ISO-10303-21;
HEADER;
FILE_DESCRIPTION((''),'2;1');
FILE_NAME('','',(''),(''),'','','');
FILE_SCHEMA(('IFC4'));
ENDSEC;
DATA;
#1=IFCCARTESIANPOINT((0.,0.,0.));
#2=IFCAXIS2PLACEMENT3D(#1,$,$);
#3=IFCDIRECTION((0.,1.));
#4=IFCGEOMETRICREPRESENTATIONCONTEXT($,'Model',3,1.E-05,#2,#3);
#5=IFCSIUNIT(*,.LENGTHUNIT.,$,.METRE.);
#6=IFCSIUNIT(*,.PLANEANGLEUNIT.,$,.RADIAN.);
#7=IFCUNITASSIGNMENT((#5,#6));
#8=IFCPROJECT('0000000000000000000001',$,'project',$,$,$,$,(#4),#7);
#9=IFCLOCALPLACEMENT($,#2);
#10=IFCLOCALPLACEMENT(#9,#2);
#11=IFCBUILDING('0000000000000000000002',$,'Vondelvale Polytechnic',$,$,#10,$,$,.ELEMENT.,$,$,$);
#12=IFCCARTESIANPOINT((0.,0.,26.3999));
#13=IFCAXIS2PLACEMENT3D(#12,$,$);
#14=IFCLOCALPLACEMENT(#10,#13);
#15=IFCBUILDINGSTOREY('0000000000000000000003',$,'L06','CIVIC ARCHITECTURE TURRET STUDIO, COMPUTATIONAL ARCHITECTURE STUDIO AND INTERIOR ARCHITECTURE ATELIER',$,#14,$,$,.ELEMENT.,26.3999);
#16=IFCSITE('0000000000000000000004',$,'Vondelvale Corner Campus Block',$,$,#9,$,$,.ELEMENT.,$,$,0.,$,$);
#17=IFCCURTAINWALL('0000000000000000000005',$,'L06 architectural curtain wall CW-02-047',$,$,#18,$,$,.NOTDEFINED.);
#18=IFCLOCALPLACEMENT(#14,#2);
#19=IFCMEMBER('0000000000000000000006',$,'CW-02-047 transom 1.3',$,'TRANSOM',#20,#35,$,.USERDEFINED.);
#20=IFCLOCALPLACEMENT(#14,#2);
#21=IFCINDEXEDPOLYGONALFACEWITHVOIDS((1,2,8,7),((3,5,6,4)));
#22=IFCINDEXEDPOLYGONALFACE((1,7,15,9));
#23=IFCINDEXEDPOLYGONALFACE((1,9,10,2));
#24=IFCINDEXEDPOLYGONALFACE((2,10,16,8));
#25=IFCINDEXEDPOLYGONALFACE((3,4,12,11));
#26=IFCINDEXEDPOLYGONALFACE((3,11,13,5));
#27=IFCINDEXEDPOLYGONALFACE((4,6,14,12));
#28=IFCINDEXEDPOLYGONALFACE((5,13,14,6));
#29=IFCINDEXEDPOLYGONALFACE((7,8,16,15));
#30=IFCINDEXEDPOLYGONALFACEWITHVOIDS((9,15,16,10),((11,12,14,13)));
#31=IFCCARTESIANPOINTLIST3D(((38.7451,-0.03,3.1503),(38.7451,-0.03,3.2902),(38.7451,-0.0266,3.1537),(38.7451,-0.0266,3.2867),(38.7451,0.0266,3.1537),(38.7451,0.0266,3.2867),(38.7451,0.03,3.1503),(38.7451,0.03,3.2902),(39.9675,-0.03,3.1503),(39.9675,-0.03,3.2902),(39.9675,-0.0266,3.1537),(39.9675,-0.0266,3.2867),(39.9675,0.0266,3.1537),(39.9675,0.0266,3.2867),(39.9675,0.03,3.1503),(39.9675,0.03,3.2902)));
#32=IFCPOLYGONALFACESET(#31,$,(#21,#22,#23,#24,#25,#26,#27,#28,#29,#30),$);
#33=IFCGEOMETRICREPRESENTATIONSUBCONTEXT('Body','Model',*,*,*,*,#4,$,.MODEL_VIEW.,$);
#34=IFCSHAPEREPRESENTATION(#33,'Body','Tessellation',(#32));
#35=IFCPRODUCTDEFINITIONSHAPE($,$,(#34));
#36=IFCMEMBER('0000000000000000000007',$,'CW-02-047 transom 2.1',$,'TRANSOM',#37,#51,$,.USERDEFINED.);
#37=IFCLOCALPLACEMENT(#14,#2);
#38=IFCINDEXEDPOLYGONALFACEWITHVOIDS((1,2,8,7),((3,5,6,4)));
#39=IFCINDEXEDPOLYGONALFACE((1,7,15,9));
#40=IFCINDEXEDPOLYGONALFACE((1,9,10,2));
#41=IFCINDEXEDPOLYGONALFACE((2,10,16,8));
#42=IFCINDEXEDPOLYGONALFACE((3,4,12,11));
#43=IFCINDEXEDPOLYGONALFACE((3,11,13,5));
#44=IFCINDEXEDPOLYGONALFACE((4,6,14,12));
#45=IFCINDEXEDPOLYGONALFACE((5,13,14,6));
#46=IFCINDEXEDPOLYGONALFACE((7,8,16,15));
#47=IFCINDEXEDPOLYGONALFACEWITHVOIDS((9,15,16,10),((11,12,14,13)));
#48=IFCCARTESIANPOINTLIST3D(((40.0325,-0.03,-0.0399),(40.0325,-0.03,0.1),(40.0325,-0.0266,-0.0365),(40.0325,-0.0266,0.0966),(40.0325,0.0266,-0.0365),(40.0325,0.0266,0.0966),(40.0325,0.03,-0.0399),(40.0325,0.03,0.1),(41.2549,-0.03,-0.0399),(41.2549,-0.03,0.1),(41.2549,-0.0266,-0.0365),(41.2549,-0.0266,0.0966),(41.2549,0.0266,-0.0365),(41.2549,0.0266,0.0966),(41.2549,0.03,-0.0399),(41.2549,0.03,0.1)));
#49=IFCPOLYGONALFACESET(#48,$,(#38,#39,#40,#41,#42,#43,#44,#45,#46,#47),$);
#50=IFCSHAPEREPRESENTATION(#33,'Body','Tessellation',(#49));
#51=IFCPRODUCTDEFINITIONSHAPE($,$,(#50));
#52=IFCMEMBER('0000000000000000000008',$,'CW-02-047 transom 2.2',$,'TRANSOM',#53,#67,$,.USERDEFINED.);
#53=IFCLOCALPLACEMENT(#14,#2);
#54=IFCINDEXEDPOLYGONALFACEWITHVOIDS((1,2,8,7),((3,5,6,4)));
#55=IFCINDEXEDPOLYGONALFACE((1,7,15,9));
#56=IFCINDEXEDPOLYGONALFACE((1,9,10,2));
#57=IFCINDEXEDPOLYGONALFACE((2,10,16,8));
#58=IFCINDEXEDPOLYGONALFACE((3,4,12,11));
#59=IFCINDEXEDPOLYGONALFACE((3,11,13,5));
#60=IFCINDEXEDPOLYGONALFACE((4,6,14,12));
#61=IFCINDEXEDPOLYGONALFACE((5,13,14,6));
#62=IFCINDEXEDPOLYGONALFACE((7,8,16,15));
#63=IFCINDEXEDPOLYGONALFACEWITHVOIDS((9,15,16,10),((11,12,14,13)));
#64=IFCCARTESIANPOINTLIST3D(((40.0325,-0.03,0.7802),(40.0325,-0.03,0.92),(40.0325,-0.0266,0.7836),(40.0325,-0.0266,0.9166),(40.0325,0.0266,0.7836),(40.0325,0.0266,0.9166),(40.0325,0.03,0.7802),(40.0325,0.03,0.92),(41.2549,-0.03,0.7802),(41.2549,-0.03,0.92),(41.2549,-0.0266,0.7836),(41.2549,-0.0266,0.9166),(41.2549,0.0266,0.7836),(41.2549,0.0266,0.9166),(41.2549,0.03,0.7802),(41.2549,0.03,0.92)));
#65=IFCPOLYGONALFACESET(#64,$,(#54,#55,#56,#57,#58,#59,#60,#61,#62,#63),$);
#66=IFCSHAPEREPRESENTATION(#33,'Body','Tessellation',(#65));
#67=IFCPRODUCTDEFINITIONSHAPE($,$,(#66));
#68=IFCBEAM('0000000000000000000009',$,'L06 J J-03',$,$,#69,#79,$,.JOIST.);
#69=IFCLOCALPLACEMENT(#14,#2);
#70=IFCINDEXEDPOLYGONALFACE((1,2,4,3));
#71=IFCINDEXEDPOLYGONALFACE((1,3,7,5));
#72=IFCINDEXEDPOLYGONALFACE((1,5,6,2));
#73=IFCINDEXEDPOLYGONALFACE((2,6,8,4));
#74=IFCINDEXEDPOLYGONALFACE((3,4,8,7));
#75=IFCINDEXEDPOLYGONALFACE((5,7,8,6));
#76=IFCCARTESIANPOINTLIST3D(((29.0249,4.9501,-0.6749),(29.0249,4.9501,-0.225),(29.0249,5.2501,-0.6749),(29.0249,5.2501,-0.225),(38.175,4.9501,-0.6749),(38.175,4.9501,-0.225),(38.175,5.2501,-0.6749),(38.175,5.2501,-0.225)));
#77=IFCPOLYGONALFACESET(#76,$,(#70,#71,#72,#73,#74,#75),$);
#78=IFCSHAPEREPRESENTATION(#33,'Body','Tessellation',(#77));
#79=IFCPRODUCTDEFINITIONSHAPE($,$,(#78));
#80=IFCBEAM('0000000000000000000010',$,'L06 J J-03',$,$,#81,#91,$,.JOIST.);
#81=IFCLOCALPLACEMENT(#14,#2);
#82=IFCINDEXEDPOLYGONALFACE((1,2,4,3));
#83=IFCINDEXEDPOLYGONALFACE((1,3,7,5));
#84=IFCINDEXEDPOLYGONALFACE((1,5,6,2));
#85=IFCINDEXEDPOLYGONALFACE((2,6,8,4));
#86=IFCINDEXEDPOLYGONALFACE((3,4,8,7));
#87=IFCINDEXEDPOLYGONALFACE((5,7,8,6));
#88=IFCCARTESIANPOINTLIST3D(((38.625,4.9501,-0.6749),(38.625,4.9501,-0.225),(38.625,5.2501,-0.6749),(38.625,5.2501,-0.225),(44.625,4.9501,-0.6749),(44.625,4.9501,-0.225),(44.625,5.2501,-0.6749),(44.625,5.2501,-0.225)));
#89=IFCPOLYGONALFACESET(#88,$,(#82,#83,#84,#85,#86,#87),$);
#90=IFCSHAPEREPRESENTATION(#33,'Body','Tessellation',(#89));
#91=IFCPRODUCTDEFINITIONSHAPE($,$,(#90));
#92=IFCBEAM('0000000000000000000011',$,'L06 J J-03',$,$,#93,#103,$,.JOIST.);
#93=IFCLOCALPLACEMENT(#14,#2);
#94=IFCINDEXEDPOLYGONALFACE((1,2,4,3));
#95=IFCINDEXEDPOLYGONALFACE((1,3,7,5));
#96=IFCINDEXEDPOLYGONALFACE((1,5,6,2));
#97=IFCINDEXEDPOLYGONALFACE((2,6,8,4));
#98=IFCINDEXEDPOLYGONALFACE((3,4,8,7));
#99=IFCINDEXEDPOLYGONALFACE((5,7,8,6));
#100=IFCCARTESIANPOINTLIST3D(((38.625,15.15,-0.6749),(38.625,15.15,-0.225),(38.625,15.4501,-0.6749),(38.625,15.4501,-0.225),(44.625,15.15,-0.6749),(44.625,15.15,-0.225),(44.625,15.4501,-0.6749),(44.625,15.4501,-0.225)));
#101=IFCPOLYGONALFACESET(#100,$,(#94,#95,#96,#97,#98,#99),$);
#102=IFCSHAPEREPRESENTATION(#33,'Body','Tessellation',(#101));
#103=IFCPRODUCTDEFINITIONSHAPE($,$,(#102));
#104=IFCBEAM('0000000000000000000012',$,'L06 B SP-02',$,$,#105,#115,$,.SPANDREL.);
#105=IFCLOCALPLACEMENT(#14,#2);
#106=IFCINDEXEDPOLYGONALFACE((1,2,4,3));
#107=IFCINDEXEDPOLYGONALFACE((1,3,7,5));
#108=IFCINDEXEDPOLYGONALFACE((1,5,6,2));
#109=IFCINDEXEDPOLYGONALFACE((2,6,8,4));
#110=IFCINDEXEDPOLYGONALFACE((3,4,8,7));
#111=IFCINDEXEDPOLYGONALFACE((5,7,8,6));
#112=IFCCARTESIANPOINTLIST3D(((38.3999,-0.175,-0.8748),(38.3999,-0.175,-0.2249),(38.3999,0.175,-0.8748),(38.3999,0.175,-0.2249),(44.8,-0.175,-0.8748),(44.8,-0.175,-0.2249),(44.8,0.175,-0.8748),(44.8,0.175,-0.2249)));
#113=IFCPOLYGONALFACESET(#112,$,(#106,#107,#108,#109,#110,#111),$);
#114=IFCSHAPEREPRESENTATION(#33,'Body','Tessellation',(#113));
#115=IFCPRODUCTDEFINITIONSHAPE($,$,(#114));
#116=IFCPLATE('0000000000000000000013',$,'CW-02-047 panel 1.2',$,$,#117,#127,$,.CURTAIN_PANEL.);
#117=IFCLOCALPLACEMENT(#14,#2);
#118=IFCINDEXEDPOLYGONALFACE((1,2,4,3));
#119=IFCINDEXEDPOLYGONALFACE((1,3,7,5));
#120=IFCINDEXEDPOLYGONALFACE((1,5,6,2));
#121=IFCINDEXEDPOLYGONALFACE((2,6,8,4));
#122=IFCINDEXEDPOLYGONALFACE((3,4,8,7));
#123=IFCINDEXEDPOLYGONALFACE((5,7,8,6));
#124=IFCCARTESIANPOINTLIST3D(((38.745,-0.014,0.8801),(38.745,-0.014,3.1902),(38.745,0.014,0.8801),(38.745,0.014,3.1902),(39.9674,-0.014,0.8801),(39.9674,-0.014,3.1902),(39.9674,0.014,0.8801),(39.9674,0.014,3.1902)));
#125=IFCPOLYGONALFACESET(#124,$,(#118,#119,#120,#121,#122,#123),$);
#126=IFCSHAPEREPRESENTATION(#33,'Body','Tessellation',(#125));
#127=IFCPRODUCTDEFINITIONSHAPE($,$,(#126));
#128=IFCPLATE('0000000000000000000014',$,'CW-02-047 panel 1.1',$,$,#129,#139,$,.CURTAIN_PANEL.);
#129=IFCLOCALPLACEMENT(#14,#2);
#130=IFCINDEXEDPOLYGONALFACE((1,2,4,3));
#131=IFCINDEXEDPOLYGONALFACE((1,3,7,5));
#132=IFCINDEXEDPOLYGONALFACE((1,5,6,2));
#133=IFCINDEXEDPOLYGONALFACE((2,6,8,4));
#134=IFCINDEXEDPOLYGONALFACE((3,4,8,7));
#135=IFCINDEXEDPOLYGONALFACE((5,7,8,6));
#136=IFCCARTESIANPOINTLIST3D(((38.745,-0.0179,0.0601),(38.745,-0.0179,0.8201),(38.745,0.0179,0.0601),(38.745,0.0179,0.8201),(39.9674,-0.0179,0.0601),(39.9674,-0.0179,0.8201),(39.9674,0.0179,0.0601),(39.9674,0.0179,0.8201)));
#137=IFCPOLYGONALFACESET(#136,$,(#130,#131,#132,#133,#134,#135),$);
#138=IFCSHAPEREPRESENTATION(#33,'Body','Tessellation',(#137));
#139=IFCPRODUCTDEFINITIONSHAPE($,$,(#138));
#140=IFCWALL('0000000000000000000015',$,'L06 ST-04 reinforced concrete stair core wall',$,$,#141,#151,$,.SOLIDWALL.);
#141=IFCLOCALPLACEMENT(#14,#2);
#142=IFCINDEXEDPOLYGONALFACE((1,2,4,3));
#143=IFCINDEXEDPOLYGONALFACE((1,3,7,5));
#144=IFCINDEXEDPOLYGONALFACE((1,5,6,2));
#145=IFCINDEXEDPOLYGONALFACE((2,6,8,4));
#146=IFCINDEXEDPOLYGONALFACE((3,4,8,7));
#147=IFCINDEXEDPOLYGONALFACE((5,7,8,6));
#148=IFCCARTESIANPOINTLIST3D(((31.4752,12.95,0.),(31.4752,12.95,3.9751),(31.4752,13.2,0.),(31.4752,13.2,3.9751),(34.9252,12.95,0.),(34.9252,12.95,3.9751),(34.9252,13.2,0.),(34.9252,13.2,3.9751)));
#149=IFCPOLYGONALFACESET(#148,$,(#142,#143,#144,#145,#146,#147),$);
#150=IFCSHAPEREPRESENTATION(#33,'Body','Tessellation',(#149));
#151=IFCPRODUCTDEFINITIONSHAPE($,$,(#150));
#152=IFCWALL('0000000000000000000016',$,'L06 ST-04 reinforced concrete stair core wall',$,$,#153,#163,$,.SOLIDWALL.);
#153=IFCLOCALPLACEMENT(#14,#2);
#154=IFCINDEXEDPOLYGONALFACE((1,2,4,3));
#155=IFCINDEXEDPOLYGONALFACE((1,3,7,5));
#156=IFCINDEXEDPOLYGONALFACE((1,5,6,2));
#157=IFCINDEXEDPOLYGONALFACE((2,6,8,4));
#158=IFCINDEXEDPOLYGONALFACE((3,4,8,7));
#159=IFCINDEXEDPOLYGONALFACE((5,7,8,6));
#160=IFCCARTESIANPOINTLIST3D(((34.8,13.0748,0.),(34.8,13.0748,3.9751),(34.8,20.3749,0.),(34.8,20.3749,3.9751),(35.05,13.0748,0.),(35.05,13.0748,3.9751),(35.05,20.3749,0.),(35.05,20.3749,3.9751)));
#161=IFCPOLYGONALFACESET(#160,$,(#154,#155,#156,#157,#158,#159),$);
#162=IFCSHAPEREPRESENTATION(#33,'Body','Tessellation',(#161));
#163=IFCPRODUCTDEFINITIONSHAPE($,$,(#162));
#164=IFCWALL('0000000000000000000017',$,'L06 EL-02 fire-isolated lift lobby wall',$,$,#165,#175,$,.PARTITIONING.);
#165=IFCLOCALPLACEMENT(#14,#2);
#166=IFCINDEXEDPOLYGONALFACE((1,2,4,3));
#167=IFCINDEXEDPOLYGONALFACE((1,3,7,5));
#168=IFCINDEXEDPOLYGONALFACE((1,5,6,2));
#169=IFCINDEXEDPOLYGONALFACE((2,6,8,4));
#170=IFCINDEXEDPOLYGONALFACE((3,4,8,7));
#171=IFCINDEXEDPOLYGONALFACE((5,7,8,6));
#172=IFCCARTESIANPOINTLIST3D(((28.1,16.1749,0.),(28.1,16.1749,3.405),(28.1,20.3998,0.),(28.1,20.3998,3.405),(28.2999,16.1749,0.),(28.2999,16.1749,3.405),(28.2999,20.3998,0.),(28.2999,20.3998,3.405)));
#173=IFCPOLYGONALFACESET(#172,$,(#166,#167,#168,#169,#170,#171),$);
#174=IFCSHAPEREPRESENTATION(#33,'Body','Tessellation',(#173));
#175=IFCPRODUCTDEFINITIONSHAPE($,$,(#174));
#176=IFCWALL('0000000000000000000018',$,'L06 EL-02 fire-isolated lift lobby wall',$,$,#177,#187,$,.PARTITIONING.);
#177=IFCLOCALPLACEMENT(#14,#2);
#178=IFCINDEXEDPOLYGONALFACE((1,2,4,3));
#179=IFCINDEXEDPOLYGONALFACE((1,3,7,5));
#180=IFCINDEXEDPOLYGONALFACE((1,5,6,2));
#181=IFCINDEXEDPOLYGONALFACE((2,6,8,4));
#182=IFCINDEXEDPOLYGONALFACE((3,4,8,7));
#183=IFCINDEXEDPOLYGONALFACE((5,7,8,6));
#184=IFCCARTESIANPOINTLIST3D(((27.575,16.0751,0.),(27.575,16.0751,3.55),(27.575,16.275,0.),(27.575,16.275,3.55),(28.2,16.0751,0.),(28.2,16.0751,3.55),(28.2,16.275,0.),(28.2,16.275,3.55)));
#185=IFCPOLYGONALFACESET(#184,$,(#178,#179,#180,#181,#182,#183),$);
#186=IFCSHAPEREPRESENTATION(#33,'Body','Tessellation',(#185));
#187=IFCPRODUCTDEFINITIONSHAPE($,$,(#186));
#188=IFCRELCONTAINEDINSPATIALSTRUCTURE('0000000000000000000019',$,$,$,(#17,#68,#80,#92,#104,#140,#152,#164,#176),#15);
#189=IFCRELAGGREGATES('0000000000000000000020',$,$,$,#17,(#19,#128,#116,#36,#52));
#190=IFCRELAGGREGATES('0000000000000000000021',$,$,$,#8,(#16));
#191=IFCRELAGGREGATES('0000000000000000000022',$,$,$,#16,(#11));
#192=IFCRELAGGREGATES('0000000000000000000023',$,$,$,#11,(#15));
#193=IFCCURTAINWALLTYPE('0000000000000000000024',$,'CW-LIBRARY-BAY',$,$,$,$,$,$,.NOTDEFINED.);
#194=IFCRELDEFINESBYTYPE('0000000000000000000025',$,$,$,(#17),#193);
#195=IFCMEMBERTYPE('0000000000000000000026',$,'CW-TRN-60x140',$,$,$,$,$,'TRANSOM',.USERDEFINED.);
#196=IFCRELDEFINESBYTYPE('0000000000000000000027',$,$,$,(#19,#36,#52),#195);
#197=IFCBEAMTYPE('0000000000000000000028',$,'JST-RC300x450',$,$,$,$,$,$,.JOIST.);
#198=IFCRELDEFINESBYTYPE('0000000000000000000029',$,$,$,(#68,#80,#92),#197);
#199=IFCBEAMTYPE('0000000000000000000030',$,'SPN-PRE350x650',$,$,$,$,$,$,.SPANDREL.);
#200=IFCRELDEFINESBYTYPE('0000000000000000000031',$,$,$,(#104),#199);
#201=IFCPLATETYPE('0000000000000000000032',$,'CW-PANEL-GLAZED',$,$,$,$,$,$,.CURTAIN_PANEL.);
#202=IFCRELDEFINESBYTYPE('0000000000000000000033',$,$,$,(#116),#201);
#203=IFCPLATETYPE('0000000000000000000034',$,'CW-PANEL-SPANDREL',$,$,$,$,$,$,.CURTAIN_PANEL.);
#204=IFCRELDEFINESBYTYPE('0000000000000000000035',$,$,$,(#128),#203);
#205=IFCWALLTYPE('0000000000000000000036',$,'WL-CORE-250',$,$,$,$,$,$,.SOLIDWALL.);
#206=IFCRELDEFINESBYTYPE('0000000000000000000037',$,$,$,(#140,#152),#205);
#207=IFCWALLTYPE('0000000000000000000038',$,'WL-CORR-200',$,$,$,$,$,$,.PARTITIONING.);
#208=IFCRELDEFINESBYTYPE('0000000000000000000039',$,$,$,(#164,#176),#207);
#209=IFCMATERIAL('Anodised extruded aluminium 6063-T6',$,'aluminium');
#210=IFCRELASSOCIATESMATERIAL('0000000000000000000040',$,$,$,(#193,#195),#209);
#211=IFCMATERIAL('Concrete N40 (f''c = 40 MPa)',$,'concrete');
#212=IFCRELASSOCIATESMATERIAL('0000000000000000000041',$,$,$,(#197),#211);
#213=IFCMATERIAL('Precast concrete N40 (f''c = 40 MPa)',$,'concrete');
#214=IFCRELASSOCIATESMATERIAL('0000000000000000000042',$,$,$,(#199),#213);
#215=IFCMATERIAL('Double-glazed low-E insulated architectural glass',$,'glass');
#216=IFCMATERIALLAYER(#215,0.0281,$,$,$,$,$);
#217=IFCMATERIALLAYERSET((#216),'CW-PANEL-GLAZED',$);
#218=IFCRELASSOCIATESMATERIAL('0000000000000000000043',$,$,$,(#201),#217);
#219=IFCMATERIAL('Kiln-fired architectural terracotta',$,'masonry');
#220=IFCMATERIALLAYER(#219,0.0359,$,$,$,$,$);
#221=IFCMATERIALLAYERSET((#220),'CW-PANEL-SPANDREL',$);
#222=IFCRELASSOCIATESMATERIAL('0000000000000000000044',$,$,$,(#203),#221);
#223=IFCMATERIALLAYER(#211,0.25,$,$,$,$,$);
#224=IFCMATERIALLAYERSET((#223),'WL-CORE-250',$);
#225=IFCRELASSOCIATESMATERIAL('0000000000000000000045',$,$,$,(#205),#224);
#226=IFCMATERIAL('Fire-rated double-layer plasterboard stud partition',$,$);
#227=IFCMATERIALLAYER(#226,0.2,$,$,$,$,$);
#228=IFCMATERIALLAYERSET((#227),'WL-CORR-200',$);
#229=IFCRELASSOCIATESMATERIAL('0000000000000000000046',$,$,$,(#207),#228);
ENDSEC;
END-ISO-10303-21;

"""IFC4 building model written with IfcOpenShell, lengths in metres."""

from ifc_helpers import new_model, si_unit, direction, frame, frame_2d, origin, origin_2d, place, context, subcontext, project, spatial, rectangle, hollow_rectangle, extrude, material, layer, layer_set, material_profile, profile_set, type_object, element, aggregate, save


model = new_model("IFC4")

# Units and contexts
model_context = context("Model", 3, precision=1e-05, world=origin(), true_north=direction((0.0, 1.0)))
body_context = subcontext(model_context, "Body", "Model", "MODEL_VIEW")
ifc_project = project(units=[si_unit("LENGTHUNIT", "METRE"), si_unit("PLANEANGLEUNIT", "RADIAN")], contexts=[model_context])

# Site, building, storey
site_placement = place(None, origin())
site = spatial("IfcSite", under=ifc_project, at=site_placement, Name="Vondelvale Corner Campus Block", CompositionType="ELEMENT", RefElevation=0.0)
building_placement = place(site_placement, origin())
building = spatial("IfcBuilding", under=site, at=building_placement, Name="Vondelvale Polytechnic", CompositionType="ELEMENT")
storey_placement = place(building_placement, frame((0.0, 0.0, 26.3999)))
storey = spatial("IfcBuildingStorey", under=building, at=storey_placement, Name="L06", Description="CIVIC ARCHITECTURE TURRET STUDIO, COMPUTATIONAL ARCHITECTURE STUDIO AND INTERIOR ARCHITECTURE ATELIER", CompositionType="ELEMENT", Elevation=26.3999)

# Shared definitions
ifc_material_1 = material(Name="Concrete N40 (f'c = 40 MPa)", Category="concrete")

# Curtain wall, members
ifc_material_2 = material(Name="Anodised extruded aluminium 6063-T6", Category="aluminium")
curtain_wall_type = type_object("IfcCurtainWallType", Name="CW-LIBRARY-BAY", PredefinedType="NOTDEFINED", material=ifc_material_2)
curtain_wall_placement = place(storey_placement, origin())
curtain_wall = element("IfcCurtainWall", 1, at=curtain_wall_placement, inside=storey, type_object=curtain_wall_type, Name="L06 architectural curtain wall CW-02-047", PredefinedType="NOTDEFINED")
ifc_material_profile_1 = material_profile(ifc_material_2, hollow_rectangle(XDim=0.0601, YDim=0.1399, WallThickness=0.0034, at=origin_2d()), Name="CW-TRN-140x60")
ifc_profile_set_1 = profile_set([ifc_material_profile_1], Name="Anodised extruded aluminium 6063-T6")
member_type_1 = type_object("IfcMemberType", Name="CW-TRN-60x140", ElementType="TRANSOM", PredefinedType="USERDEFINED", material=ifc_profile_set_1)
member_1_placement = place(storey_placement, frame((38.7451, 0.0, 3.2202), z_axis=(1.0, 0.0, 0.0), x_axis=(0.0, 1.0, 0.0)))
member_1 = element("IfcMember", 2, at=member_1_placement, type_object=member_type_1, Name="CW-02-047 transom 1.3", ObjectType="TRANSOM", PredefinedType="USERDEFINED", context=body_context, shape_type="SweptSolid", body=[
    extrude(hollow_rectangle(XDim=0.0601, YDim=0.1399, WallThickness=0.0034, at=origin_2d()), origin(), (0.0, 0.0, 1.0), 1.2224),
])
member_2_placement = place(storey_placement, frame((40.0325, 0.0, 0.03), z_axis=(1.0, 0.0, 0.0), x_axis=(0.0, 1.0, 0.0)))
member_2 = element("IfcMember", 3, at=member_2_placement, type_object=member_type_1, Name="CW-02-047 transom 2.1", ObjectType="TRANSOM", PredefinedType="USERDEFINED", context=body_context, shape_type="SweptSolid", body=[
    extrude(hollow_rectangle(XDim=0.0601, YDim=0.1399, WallThickness=0.0034, at=origin_2d()), origin(), (0.0, 0.0, 1.0), 1.2224),
])
member_3_placement = place(storey_placement, frame((40.0325, 0.0, 0.8501), z_axis=(1.0, 0.0, 0.0), x_axis=(0.0, 1.0, 0.0)))
member_3 = element("IfcMember", 4, at=member_3_placement, type_object=member_type_1, Name="CW-02-047 transom 2.2", ObjectType="TRANSOM", PredefinedType="USERDEFINED", context=body_context, shape_type="SweptSolid", body=[
    extrude(hollow_rectangle(XDim=0.0601, YDim=0.1399, WallThickness=0.0034, at=origin_2d()), origin(), (0.0, 0.0, 1.0), 1.2224),
])

# Beams
ifc_material_profile_2 = material_profile(ifc_material_1, rectangle(XDim=0.3, YDim=0.45, at=origin_2d()), Name="RC-JST-300x450")
ifc_profile_set_2 = profile_set([ifc_material_profile_2], Name="Concrete N40 (f'c = 40 MPa)")
beam_type_1 = type_object("IfcBeamType", Name="JST-RC300x450", PredefinedType="JOIST", material=ifc_profile_set_2)
beam_1_placement = place(storey_placement, frame((29.0249, 5.1001, -0.45), z_axis=(1.0, 0.0, 0.0), x_axis=(0.0, 1.0, 0.0)))
element("IfcBeam", 5, at=beam_1_placement, inside=storey, type_object=beam_type_1, Name="L06 J J-03", PredefinedType="JOIST", context=body_context, shape_type="SweptSolid", body=[
    extrude(rectangle(XDim=0.3, YDim=0.45, at=origin_2d()), origin(), (0.0, 0.0, 1.0), 9.1501),
])
for number, where, z_axis, x_axis, name in (
    (6, (38.625, 5.1001, -0.45), (1.0, 0.0, 0.0), (0.0, 1.0, 0.0), "L06 J J-03"),
    (7, (38.625, 15.3, -0.45), (1.0, 0.0, 0.0), (0.0, 1.0, 0.0), "L06 J J-03"),
):
    element("IfcBeam", number, at=place(storey_placement, frame(where, z_axis=z_axis, x_axis=x_axis)), inside=storey, type_object=beam_type_1, Name=name, PredefinedType="JOIST", context=body_context, shape_type="SweptSolid", body=[
        extrude(rectangle(XDim=0.3, YDim=0.45, at=origin_2d()), origin(), (0.0, 0.0, 1.0), 6.0),
    ])
ifc_material_3 = material(Name="Precast concrete N40 (f'c = 40 MPa)", Category="concrete")
ifc_material_profile_3 = material_profile(ifc_material_3, rectangle(XDim=0.3501, YDim=0.6499, at=origin_2d()), Name="RC-SPN-350x650")
ifc_profile_set_3 = profile_set([ifc_material_profile_3], Name="Precast concrete N40 (f'c = 40 MPa)")
beam_type_2 = type_object("IfcBeamType", Name="SPN-PRE350x650", PredefinedType="SPANDREL", material=ifc_profile_set_3)
beam_2_placement = place(storey_placement, frame((38.3999, 0.0, -0.5498), z_axis=(1.0, 0.0, 0.0), x_axis=(0.0, 1.0, 0.0)))
element("IfcBeam", 8, at=beam_2_placement, inside=storey, type_object=beam_type_2, Name="L06 B SP-02", PredefinedType="SPANDREL", context=body_context, shape_type="SweptSolid", body=[
    extrude(rectangle(XDim=0.3501, YDim=0.6499, at=origin_2d()), origin(), (0.0, 0.0, 1.0), 6.4001),
])

# Plates
ifc_material_4 = material(Name="Double-glazed low-E insulated architectural glass", Category="glass")
ifc_layer_1 = layer(ifc_material_4, 0.0281)
ifc_layer_set_1 = layer_set([ifc_layer_1], Name="CW-PANEL-GLAZED")
plate_type_1 = type_object("IfcPlateType", Name="CW-PANEL-GLAZED", PredefinedType="CURTAIN_PANEL", material=ifc_layer_set_1)
plate_1_placement = place(storey_placement, frame((39.3562, 0.0, 0.8801), z_axis=(0.0, 0.0, 1.0), x_axis=(1.0, 0.0, 0.0)))
plate_1 = element("IfcPlate", 9, at=plate_1_placement, type_object=plate_type_1, Name="CW-02-047 panel 1.2", PredefinedType="CURTAIN_PANEL", context=body_context, shape_type="SweptSolid", body=[
    extrude(rectangle(XDim=1.2224, YDim=0.0281, at=origin_2d()), origin(), (0.0, 0.0, 1.0), 2.3101),
])
ifc_material_5 = material(Name="Kiln-fired architectural terracotta", Category="masonry")
ifc_layer_2 = layer(ifc_material_5, 0.0359)
ifc_layer_set_2 = layer_set([ifc_layer_2], Name="CW-PANEL-SPANDREL")
plate_type_2 = type_object("IfcPlateType", Name="CW-PANEL-SPANDREL", PredefinedType="CURTAIN_PANEL", material=ifc_layer_set_2)
plate_2_placement = place(storey_placement, frame((39.3562, 0.0, 0.0601), z_axis=(0.0, 0.0, 1.0), x_axis=(1.0, 0.0, 0.0)))
plate_2 = element("IfcPlate", 10, at=plate_2_placement, type_object=plate_type_2, Name="CW-02-047 panel 1.1", PredefinedType="CURTAIN_PANEL", context=body_context, shape_type="SweptSolid", body=[
    extrude(rectangle(XDim=1.2224, YDim=0.0359, at=origin_2d()), origin(), (0.0, 0.0, 1.0), 0.76),
])
aggregate(curtain_wall, [member_1, plate_2, plate_1, member_2, member_3])

# Walls
ifc_layer_3 = layer(ifc_material_1, 0.25)
ifc_layer_set_3 = layer_set([ifc_layer_3], Name="WL-CORE-250")
wall_type_1 = type_object("IfcWallType", Name="WL-CORE-250", PredefinedType="SOLIDWALL", material=ifc_layer_set_3)
wall_1_placement = place(storey_placement, frame((31.4751, 13.075, 0.0), z_axis=(0.0, 0.0, 1.0), x_axis=(1.0, 0.0, 0.0)))
element("IfcWall", 11, at=wall_1_placement, inside=storey, type_object=wall_type_1, Name="L06 ST-04 reinforced concrete stair core wall", PredefinedType="SOLIDWALL", context=body_context, shape_type="SweptSolid", body=[
    extrude(rectangle(XDim=3.45, YDim=0.25, at=frame_2d((1.7251, 0.0))), origin(), (0.0, 0.0, 1.0), 3.9751),
])
wall_2_placement = place(storey_placement, frame((34.925, 13.075, 0.0), z_axis=(0.0, 0.0, 1.0), x_axis=(0.0, 1.0, 0.0)))
element("IfcWall", 12, at=wall_2_placement, inside=storey, type_object=wall_type_1, Name="L06 ST-04 reinforced concrete stair core wall", PredefinedType="SOLIDWALL", context=body_context, shape_type="SweptSolid", body=[
    extrude(rectangle(XDim=7.3, YDim=0.25, at=frame_2d((3.6499, 0.0))), origin(), (0.0, 0.0, 1.0), 3.9751),
])
ifc_material_6 = material(Name="Fire-rated double-layer plasterboard stud partition")
ifc_layer_4 = layer(ifc_material_6, 0.2)
ifc_layer_set_4 = layer_set([ifc_layer_4], Name="WL-CORR-200")
wall_type_2 = type_object("IfcWallType", Name="WL-CORR-200", PredefinedType="PARTITIONING", material=ifc_layer_set_4)
wall_3_placement = place(storey_placement, frame((28.2, 16.175, 0.0), z_axis=(0.0, 0.0, 1.0), x_axis=(0.0, 1.0, 0.0)))
element("IfcWall", 13, at=wall_3_placement, inside=storey, type_object=wall_type_2, Name="L06 EL-02 fire-isolated lift lobby wall", PredefinedType="PARTITIONING", context=body_context, shape_type="SweptSolid", body=[
    extrude(rectangle(XDim=4.2249, YDim=0.2, at=frame_2d((2.1123, 0.0))), origin(), (0.0, 0.0, 1.0), 3.405),
])
wall_4_placement = place(storey_placement, frame((27.575, 16.175, 0.0), z_axis=(0.0, 0.0, 1.0), x_axis=(1.0, 0.0, 0.0)))
element("IfcWall", 14, at=wall_4_placement, inside=storey, type_object=wall_type_2, Name="L06 EL-02 fire-isolated lift lobby wall", PredefinedType="PARTITIONING", context=body_context, shape_type="SweptSolid", body=[
    extrude(rectangle(XDim=0.625, YDim=0.2, at=frame_2d((0.3125, 0.0))), origin(), (0.0, 0.0, 1.0), 3.55),
])

save(model, "model.ifc")
